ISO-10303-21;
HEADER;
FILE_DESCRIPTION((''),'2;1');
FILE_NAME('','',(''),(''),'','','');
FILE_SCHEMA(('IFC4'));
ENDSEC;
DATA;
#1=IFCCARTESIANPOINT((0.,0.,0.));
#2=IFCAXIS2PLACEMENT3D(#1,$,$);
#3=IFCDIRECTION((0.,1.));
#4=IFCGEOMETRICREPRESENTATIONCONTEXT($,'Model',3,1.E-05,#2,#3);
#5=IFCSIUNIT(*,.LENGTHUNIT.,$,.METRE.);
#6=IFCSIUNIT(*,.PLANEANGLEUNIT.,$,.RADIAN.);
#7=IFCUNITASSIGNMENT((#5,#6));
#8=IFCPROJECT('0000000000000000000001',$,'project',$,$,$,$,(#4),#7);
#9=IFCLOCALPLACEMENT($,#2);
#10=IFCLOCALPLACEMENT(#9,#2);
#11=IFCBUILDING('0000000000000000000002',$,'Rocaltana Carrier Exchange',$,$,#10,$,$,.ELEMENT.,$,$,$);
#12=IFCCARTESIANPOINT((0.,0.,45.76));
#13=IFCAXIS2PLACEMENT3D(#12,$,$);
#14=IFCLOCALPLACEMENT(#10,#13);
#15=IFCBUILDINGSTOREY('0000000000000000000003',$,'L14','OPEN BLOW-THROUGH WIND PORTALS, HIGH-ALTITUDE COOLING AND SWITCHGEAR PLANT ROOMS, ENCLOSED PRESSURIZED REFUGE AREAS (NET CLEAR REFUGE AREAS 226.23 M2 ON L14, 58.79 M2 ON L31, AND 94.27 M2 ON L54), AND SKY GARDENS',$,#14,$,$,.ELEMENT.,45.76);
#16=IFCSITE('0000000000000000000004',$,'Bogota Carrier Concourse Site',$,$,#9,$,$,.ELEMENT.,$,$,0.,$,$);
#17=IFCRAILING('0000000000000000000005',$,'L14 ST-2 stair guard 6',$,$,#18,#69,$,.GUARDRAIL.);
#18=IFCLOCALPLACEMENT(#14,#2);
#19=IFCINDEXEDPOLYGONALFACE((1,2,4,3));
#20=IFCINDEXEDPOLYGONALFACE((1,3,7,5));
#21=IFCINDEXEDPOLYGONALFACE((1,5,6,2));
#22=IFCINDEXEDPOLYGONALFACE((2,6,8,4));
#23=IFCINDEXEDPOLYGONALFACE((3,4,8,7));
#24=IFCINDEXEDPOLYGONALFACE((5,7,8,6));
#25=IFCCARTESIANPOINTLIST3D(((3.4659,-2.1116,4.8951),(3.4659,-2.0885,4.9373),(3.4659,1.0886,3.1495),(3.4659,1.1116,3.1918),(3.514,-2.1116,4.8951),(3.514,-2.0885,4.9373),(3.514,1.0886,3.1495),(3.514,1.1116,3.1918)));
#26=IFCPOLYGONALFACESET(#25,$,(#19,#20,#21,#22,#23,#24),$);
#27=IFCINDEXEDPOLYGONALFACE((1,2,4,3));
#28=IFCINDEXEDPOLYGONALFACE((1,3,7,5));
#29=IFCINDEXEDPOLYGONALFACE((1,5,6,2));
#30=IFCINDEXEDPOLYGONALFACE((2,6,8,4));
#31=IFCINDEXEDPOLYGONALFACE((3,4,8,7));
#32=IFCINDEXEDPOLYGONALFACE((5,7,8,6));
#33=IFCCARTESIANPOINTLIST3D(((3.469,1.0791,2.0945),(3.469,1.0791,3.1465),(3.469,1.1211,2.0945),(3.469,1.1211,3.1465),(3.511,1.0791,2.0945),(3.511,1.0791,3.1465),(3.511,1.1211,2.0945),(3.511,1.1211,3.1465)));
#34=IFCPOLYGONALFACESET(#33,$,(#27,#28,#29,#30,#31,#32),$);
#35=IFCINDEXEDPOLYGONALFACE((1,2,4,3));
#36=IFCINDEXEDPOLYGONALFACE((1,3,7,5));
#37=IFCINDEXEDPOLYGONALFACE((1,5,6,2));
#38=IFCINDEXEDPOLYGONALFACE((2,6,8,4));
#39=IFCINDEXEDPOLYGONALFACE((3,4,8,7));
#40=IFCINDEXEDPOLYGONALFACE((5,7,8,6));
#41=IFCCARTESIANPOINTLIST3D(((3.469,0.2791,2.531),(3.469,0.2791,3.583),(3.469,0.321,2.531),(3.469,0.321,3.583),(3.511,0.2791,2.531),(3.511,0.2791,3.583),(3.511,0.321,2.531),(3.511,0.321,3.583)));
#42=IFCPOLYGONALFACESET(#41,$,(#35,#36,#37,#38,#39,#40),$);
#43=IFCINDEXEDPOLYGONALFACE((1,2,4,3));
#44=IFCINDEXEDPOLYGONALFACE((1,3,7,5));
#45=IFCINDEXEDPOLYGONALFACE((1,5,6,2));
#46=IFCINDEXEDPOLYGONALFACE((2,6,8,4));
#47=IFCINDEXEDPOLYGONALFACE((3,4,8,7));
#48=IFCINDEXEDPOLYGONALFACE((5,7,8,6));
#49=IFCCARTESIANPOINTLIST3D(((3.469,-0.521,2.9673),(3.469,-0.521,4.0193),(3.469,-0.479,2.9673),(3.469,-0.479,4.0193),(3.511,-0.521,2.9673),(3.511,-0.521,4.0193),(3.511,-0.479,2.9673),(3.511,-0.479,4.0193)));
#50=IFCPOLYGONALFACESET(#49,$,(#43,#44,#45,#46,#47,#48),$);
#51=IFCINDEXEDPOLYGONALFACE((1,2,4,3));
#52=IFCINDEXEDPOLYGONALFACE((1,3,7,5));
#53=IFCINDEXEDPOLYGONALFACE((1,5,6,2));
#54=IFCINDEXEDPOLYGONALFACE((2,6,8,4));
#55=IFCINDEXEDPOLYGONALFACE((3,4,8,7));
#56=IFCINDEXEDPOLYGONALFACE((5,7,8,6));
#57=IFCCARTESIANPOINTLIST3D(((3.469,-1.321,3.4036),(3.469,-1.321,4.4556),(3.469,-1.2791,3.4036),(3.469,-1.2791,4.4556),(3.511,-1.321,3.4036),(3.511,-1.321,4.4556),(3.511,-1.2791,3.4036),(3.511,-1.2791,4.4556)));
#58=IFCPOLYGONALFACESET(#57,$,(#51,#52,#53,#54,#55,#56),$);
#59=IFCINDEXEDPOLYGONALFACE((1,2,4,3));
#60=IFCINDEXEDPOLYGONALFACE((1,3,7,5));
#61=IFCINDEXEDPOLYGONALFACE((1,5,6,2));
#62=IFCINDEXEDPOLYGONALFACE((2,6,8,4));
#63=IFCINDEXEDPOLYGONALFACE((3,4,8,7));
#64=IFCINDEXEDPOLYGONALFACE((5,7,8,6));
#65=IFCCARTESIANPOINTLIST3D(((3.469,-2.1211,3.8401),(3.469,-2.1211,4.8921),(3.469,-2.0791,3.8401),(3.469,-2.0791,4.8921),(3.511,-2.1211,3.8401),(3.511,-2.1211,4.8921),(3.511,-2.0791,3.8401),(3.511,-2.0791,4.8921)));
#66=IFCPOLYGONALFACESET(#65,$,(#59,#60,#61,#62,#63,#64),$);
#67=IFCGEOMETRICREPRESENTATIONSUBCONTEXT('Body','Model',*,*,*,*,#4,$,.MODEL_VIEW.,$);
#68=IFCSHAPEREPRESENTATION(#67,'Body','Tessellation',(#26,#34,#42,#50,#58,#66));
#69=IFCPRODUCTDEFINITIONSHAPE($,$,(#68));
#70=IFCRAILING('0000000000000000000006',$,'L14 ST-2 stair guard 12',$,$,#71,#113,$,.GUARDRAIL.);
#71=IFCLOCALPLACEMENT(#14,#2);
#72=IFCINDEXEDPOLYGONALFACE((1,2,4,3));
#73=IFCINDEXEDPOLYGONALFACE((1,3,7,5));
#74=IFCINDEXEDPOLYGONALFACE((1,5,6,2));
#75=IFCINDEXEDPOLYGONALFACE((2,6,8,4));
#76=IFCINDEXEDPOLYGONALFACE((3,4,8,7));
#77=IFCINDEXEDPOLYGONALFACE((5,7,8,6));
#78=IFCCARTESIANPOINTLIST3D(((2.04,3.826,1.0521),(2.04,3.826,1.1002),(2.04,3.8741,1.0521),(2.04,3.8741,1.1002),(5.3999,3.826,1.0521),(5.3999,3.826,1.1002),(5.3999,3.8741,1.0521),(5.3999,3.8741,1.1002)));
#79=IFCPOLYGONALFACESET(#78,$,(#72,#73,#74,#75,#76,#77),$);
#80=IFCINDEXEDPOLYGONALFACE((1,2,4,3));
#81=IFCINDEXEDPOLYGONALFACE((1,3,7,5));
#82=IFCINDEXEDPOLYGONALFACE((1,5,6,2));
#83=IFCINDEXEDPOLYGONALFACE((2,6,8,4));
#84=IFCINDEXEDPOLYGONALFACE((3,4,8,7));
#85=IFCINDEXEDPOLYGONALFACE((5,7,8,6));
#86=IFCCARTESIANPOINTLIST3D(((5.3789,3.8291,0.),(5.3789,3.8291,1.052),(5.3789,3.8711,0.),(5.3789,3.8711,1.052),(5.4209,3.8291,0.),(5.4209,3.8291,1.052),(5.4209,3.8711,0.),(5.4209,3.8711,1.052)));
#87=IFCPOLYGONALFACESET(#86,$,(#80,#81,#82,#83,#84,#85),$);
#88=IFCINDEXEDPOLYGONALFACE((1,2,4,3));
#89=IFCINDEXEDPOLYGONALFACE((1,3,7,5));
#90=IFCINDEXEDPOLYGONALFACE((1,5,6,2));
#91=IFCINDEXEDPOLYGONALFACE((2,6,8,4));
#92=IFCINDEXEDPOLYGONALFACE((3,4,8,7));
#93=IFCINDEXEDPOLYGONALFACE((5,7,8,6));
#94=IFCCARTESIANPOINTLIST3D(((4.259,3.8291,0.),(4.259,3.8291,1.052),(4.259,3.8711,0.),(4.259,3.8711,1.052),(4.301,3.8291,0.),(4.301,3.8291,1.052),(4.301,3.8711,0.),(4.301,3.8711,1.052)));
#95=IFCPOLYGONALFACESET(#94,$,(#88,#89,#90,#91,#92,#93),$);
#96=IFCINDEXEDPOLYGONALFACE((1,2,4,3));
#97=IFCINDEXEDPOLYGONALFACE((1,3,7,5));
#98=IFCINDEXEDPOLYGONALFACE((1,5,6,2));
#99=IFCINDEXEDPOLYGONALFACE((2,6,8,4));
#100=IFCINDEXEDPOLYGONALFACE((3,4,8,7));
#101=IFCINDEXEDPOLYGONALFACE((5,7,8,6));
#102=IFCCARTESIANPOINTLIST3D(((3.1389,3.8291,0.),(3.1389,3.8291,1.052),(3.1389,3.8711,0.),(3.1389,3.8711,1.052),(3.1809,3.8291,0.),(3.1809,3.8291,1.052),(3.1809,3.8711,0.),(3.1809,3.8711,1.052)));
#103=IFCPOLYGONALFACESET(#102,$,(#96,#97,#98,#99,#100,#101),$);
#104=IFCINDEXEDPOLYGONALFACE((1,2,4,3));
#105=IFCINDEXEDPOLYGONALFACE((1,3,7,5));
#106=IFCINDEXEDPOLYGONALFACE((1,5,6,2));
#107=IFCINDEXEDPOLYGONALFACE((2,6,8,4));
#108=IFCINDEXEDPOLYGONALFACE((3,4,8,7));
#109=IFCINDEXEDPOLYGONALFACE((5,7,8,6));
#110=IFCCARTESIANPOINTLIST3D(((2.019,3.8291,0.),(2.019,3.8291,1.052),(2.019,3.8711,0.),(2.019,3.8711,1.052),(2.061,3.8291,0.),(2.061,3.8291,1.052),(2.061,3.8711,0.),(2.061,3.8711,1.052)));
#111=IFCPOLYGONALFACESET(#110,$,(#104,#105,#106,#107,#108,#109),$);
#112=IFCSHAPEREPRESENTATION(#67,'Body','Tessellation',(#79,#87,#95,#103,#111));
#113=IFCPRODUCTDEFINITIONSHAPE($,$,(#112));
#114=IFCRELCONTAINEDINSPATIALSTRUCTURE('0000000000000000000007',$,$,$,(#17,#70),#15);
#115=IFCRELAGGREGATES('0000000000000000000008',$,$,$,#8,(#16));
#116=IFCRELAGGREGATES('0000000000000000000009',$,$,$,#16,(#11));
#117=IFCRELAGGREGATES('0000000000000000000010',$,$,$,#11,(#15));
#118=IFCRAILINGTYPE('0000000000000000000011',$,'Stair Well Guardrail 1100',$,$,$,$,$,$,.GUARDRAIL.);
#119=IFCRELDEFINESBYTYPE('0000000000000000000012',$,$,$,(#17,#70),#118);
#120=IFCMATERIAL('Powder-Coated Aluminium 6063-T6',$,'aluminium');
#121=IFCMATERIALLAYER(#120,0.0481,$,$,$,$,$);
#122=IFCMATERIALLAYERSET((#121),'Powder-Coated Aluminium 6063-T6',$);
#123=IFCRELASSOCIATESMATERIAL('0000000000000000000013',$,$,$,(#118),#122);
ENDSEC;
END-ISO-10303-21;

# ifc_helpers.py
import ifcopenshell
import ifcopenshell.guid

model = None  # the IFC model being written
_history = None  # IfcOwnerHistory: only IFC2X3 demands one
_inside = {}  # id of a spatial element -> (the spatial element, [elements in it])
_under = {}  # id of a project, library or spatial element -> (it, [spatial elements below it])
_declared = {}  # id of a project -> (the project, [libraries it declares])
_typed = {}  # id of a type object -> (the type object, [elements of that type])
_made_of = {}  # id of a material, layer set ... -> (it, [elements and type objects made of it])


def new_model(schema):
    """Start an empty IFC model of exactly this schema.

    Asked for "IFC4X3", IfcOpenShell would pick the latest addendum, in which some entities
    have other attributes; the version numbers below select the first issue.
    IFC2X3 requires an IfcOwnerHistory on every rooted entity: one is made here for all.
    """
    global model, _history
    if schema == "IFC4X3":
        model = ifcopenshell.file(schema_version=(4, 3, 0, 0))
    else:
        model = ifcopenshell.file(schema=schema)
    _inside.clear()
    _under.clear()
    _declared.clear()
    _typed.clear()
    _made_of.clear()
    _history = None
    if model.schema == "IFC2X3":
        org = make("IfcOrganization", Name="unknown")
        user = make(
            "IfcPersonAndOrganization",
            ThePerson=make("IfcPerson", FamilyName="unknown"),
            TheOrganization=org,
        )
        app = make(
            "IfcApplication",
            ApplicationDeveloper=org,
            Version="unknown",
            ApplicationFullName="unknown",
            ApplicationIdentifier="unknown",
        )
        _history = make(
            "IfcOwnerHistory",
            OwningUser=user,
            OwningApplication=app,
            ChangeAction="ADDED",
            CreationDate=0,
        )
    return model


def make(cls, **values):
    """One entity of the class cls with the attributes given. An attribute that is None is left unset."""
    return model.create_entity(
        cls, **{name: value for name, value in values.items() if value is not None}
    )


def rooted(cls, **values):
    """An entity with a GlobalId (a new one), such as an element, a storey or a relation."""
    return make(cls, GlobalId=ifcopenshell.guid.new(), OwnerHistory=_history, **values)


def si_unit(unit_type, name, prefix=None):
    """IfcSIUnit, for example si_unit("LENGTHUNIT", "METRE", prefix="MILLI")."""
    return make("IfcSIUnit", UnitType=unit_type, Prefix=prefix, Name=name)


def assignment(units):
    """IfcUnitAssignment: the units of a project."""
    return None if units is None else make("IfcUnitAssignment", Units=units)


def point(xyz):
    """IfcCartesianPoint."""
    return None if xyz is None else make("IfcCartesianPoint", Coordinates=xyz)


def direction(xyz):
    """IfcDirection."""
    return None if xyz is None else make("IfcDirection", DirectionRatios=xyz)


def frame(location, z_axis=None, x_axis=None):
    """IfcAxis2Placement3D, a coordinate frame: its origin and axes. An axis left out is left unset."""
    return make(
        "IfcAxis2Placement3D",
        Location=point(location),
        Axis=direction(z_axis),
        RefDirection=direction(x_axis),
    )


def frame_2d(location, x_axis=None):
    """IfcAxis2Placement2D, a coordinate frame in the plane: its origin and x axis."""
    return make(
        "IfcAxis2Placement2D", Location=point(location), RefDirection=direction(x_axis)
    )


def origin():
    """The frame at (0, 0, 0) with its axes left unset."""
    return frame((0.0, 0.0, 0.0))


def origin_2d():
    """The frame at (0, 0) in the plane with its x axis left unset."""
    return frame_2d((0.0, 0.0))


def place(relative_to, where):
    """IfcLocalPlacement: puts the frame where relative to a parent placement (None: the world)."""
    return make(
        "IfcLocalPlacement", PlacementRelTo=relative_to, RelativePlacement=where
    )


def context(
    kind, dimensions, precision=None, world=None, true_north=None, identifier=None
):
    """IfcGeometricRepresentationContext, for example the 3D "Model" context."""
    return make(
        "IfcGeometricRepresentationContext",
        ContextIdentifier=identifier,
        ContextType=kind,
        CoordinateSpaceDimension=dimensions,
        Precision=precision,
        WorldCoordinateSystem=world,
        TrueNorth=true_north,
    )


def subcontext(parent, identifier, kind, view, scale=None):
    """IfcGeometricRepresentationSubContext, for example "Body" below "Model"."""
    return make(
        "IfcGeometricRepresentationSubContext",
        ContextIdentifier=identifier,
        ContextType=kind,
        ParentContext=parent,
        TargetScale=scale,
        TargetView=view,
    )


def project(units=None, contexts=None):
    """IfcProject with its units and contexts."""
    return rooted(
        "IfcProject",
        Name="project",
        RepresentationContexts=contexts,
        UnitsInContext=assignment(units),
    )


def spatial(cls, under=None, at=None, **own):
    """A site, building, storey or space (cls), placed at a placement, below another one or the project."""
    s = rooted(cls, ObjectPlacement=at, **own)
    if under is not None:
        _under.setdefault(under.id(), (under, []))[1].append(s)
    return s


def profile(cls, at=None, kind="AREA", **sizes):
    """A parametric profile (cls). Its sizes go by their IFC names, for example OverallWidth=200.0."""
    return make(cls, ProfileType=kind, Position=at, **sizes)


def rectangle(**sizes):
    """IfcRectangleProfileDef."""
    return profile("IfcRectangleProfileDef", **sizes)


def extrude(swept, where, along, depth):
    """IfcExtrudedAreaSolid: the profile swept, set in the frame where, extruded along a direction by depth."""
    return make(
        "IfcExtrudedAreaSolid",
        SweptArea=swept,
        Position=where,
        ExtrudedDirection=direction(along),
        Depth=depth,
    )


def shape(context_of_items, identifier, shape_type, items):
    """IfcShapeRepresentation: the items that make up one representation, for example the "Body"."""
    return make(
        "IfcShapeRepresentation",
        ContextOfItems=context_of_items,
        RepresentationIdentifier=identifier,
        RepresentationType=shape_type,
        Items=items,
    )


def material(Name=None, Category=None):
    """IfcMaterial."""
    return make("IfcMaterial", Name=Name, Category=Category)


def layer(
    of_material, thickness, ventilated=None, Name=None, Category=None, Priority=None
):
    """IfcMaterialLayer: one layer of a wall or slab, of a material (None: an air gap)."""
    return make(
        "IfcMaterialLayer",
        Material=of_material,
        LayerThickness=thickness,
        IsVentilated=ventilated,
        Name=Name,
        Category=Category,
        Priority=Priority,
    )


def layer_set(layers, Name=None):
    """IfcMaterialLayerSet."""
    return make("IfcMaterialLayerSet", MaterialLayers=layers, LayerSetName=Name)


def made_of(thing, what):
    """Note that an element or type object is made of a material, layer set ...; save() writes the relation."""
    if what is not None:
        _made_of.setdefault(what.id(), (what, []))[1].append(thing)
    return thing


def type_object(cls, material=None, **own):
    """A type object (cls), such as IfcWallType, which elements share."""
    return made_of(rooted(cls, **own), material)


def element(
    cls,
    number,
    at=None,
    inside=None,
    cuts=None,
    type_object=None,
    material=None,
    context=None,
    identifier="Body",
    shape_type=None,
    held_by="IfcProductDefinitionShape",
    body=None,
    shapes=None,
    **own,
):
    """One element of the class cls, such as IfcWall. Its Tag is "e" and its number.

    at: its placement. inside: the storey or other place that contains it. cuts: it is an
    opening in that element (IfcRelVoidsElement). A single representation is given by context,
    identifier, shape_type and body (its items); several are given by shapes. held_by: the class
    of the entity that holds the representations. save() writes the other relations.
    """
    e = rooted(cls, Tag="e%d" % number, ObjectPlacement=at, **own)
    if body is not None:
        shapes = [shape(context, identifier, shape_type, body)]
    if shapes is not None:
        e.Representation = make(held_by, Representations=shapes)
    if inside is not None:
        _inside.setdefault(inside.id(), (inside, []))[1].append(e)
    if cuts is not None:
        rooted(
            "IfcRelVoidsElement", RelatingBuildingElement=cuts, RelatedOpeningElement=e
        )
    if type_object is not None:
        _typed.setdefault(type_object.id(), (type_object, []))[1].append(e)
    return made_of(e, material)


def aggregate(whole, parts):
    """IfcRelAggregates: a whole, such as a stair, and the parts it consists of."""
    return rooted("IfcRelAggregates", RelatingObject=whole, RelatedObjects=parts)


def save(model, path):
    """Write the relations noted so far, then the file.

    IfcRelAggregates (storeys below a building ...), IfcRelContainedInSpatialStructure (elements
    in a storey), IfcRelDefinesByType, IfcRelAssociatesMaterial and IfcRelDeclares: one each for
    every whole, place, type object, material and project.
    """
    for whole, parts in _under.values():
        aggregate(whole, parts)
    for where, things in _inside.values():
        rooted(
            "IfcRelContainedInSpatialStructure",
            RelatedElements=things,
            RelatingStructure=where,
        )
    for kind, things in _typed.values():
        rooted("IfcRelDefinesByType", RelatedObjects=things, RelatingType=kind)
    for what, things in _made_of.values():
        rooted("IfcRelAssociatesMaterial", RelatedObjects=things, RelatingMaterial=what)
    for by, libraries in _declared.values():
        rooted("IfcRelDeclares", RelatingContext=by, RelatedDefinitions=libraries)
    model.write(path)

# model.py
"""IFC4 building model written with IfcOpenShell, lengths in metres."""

from ifc_helpers import new_model, si_unit, direction, frame, origin, origin_2d, place, context, subcontext, project, spatial, rectangle, extrude, material, layer, layer_set, type_object, element, save


model = new_model("IFC4")

# Units and contexts
model_context = context("Model", 3, precision=1e-05, world=origin(), true_north=direction((0.0, 1.0)))
body_context = subcontext(model_context, "Body", "Model", "MODEL_VIEW")
ifc_project = project(units=[si_unit("LENGTHUNIT", "METRE"), si_unit("PLANEANGLEUNIT", "RADIAN")], contexts=[model_context])

# Site, building, storey
site_placement = place(None, origin())
site = spatial("IfcSite", under=ifc_project, at=site_placement, Name="Bogota Carrier Concourse Site", CompositionType="ELEMENT", RefElevation=0.0)
building_placement = place(site_placement, origin())
building = spatial("IfcBuilding", under=site, at=building_placement, Name="Rocaltana Carrier Exchange", CompositionType="ELEMENT")
storey_placement = place(building_placement, frame((0.0, 0.0, 45.76)))
storey = spatial("IfcBuildingStorey", under=building, at=storey_placement, Name="L14", Description="OPEN BLOW-THROUGH WIND PORTALS, HIGH-ALTITUDE COOLING AND SWITCHGEAR PLANT ROOMS, ENCLOSED PRESSURIZED REFUGE AREAS (NET CLEAR REFUGE AREAS 226.23 M2 ON L14, 58.79 M2 ON L31, AND 94.27 M2 ON L54), AND SKY GARDENS", CompositionType="ELEMENT", Elevation=45.76)

# Railings
ifc_material_1 = material(Name="Powder-Coated Aluminium 6063-T6", Category="aluminium")
ifc_layer_1 = layer(ifc_material_1, 0.0481)
ifc_layer_set_1 = layer_set([ifc_layer_1], Name="Powder-Coated Aluminium 6063-T6")
railing_type_1 = type_object("IfcRailingType", Name="Stair Well Guardrail 1100", PredefinedType="GUARDRAIL", material=ifc_layer_set_1)
railing_1_placement = place(storey_placement, frame((3.49, 1.1001, 2.0945)))
element("IfcRailing", 1, at=railing_1_placement, inside=storey, type_object=railing_type_1, Name="L14 ST-2 stair guard 6", PredefinedType="GUARDRAIL", context=body_context, shape_type="SweptSolid", body=[
    extrude(rectangle(XDim=0.0481, YDim=0.0481, at=origin_2d()), frame((0.0, 0.0, 1.0762), z_axis=(0.0, -0.87789, 0.478862), x_axis=(1.0, 0.0, 0.0)), (0.0, 0.0, 1.0), 3.6453),
    extrude(rectangle(XDim=0.042, YDim=0.042, at=origin_2d()), origin(), (0.0, 0.0, 1.0), 1.052),
    extrude(rectangle(XDim=0.042, YDim=0.042, at=origin_2d()), frame((0.0, -0.8, 0.4365)), (0.0, 0.0, 1.0), 1.052),
    extrude(rectangle(XDim=0.042, YDim=0.042, at=origin_2d()), frame((0.0, -1.6001, 0.8728)), (0.0, 0.0, 1.0), 1.052),
    extrude(rectangle(XDim=0.042, YDim=0.042, at=origin_2d()), frame((0.0, -2.4001, 1.3091)), (0.0, 0.0, 1.0), 1.052),
    extrude(rectangle(XDim=0.042, YDim=0.042, at=origin_2d()), frame((0.0, -3.2002, 1.7456)), (0.0, 0.0, 1.0), 1.052),
])
railing_2_placement = place(storey_placement, frame((5.3999, 3.8501, 0.0)))
element("IfcRailing", 2, at=railing_2_placement, inside=storey, type_object=railing_type_1, Name="L14 ST-2 stair guard 12", PredefinedType="GUARDRAIL", context=body_context, shape_type="SweptSolid", body=[
    extrude(rectangle(XDim=0.0481, YDim=0.0481, at=origin_2d()), frame((0.0, 0.0, 1.0762), z_axis=(-1.0, 0.0, 0.0), x_axis=(0.0, -1.0, 0.0)), (0.0, 0.0, 1.0), 3.3599),
    extrude(rectangle(XDim=0.042, YDim=0.042, at=origin_2d()), origin(), (0.0, 0.0, 1.0), 1.052),
    extrude(rectangle(XDim=0.042, YDim=0.042, at=origin_2d()), frame((-1.1199, 0.0, 0.0)), (0.0, 0.0, 1.0), 1.052),
    extrude(rectangle(XDim=0.042, YDim=0.042, at=origin_2d()), frame((-2.24, 0.0, 0.0)), (0.0, 0.0, 1.0), 1.052),
    extrude(rectangle(XDim=0.042, YDim=0.042, at=origin_2d()), frame((-3.3599, 0.0, 0.0)), (0.0, 0.0, 1.0), 1.052),
])

save(model, "model.ifc")
